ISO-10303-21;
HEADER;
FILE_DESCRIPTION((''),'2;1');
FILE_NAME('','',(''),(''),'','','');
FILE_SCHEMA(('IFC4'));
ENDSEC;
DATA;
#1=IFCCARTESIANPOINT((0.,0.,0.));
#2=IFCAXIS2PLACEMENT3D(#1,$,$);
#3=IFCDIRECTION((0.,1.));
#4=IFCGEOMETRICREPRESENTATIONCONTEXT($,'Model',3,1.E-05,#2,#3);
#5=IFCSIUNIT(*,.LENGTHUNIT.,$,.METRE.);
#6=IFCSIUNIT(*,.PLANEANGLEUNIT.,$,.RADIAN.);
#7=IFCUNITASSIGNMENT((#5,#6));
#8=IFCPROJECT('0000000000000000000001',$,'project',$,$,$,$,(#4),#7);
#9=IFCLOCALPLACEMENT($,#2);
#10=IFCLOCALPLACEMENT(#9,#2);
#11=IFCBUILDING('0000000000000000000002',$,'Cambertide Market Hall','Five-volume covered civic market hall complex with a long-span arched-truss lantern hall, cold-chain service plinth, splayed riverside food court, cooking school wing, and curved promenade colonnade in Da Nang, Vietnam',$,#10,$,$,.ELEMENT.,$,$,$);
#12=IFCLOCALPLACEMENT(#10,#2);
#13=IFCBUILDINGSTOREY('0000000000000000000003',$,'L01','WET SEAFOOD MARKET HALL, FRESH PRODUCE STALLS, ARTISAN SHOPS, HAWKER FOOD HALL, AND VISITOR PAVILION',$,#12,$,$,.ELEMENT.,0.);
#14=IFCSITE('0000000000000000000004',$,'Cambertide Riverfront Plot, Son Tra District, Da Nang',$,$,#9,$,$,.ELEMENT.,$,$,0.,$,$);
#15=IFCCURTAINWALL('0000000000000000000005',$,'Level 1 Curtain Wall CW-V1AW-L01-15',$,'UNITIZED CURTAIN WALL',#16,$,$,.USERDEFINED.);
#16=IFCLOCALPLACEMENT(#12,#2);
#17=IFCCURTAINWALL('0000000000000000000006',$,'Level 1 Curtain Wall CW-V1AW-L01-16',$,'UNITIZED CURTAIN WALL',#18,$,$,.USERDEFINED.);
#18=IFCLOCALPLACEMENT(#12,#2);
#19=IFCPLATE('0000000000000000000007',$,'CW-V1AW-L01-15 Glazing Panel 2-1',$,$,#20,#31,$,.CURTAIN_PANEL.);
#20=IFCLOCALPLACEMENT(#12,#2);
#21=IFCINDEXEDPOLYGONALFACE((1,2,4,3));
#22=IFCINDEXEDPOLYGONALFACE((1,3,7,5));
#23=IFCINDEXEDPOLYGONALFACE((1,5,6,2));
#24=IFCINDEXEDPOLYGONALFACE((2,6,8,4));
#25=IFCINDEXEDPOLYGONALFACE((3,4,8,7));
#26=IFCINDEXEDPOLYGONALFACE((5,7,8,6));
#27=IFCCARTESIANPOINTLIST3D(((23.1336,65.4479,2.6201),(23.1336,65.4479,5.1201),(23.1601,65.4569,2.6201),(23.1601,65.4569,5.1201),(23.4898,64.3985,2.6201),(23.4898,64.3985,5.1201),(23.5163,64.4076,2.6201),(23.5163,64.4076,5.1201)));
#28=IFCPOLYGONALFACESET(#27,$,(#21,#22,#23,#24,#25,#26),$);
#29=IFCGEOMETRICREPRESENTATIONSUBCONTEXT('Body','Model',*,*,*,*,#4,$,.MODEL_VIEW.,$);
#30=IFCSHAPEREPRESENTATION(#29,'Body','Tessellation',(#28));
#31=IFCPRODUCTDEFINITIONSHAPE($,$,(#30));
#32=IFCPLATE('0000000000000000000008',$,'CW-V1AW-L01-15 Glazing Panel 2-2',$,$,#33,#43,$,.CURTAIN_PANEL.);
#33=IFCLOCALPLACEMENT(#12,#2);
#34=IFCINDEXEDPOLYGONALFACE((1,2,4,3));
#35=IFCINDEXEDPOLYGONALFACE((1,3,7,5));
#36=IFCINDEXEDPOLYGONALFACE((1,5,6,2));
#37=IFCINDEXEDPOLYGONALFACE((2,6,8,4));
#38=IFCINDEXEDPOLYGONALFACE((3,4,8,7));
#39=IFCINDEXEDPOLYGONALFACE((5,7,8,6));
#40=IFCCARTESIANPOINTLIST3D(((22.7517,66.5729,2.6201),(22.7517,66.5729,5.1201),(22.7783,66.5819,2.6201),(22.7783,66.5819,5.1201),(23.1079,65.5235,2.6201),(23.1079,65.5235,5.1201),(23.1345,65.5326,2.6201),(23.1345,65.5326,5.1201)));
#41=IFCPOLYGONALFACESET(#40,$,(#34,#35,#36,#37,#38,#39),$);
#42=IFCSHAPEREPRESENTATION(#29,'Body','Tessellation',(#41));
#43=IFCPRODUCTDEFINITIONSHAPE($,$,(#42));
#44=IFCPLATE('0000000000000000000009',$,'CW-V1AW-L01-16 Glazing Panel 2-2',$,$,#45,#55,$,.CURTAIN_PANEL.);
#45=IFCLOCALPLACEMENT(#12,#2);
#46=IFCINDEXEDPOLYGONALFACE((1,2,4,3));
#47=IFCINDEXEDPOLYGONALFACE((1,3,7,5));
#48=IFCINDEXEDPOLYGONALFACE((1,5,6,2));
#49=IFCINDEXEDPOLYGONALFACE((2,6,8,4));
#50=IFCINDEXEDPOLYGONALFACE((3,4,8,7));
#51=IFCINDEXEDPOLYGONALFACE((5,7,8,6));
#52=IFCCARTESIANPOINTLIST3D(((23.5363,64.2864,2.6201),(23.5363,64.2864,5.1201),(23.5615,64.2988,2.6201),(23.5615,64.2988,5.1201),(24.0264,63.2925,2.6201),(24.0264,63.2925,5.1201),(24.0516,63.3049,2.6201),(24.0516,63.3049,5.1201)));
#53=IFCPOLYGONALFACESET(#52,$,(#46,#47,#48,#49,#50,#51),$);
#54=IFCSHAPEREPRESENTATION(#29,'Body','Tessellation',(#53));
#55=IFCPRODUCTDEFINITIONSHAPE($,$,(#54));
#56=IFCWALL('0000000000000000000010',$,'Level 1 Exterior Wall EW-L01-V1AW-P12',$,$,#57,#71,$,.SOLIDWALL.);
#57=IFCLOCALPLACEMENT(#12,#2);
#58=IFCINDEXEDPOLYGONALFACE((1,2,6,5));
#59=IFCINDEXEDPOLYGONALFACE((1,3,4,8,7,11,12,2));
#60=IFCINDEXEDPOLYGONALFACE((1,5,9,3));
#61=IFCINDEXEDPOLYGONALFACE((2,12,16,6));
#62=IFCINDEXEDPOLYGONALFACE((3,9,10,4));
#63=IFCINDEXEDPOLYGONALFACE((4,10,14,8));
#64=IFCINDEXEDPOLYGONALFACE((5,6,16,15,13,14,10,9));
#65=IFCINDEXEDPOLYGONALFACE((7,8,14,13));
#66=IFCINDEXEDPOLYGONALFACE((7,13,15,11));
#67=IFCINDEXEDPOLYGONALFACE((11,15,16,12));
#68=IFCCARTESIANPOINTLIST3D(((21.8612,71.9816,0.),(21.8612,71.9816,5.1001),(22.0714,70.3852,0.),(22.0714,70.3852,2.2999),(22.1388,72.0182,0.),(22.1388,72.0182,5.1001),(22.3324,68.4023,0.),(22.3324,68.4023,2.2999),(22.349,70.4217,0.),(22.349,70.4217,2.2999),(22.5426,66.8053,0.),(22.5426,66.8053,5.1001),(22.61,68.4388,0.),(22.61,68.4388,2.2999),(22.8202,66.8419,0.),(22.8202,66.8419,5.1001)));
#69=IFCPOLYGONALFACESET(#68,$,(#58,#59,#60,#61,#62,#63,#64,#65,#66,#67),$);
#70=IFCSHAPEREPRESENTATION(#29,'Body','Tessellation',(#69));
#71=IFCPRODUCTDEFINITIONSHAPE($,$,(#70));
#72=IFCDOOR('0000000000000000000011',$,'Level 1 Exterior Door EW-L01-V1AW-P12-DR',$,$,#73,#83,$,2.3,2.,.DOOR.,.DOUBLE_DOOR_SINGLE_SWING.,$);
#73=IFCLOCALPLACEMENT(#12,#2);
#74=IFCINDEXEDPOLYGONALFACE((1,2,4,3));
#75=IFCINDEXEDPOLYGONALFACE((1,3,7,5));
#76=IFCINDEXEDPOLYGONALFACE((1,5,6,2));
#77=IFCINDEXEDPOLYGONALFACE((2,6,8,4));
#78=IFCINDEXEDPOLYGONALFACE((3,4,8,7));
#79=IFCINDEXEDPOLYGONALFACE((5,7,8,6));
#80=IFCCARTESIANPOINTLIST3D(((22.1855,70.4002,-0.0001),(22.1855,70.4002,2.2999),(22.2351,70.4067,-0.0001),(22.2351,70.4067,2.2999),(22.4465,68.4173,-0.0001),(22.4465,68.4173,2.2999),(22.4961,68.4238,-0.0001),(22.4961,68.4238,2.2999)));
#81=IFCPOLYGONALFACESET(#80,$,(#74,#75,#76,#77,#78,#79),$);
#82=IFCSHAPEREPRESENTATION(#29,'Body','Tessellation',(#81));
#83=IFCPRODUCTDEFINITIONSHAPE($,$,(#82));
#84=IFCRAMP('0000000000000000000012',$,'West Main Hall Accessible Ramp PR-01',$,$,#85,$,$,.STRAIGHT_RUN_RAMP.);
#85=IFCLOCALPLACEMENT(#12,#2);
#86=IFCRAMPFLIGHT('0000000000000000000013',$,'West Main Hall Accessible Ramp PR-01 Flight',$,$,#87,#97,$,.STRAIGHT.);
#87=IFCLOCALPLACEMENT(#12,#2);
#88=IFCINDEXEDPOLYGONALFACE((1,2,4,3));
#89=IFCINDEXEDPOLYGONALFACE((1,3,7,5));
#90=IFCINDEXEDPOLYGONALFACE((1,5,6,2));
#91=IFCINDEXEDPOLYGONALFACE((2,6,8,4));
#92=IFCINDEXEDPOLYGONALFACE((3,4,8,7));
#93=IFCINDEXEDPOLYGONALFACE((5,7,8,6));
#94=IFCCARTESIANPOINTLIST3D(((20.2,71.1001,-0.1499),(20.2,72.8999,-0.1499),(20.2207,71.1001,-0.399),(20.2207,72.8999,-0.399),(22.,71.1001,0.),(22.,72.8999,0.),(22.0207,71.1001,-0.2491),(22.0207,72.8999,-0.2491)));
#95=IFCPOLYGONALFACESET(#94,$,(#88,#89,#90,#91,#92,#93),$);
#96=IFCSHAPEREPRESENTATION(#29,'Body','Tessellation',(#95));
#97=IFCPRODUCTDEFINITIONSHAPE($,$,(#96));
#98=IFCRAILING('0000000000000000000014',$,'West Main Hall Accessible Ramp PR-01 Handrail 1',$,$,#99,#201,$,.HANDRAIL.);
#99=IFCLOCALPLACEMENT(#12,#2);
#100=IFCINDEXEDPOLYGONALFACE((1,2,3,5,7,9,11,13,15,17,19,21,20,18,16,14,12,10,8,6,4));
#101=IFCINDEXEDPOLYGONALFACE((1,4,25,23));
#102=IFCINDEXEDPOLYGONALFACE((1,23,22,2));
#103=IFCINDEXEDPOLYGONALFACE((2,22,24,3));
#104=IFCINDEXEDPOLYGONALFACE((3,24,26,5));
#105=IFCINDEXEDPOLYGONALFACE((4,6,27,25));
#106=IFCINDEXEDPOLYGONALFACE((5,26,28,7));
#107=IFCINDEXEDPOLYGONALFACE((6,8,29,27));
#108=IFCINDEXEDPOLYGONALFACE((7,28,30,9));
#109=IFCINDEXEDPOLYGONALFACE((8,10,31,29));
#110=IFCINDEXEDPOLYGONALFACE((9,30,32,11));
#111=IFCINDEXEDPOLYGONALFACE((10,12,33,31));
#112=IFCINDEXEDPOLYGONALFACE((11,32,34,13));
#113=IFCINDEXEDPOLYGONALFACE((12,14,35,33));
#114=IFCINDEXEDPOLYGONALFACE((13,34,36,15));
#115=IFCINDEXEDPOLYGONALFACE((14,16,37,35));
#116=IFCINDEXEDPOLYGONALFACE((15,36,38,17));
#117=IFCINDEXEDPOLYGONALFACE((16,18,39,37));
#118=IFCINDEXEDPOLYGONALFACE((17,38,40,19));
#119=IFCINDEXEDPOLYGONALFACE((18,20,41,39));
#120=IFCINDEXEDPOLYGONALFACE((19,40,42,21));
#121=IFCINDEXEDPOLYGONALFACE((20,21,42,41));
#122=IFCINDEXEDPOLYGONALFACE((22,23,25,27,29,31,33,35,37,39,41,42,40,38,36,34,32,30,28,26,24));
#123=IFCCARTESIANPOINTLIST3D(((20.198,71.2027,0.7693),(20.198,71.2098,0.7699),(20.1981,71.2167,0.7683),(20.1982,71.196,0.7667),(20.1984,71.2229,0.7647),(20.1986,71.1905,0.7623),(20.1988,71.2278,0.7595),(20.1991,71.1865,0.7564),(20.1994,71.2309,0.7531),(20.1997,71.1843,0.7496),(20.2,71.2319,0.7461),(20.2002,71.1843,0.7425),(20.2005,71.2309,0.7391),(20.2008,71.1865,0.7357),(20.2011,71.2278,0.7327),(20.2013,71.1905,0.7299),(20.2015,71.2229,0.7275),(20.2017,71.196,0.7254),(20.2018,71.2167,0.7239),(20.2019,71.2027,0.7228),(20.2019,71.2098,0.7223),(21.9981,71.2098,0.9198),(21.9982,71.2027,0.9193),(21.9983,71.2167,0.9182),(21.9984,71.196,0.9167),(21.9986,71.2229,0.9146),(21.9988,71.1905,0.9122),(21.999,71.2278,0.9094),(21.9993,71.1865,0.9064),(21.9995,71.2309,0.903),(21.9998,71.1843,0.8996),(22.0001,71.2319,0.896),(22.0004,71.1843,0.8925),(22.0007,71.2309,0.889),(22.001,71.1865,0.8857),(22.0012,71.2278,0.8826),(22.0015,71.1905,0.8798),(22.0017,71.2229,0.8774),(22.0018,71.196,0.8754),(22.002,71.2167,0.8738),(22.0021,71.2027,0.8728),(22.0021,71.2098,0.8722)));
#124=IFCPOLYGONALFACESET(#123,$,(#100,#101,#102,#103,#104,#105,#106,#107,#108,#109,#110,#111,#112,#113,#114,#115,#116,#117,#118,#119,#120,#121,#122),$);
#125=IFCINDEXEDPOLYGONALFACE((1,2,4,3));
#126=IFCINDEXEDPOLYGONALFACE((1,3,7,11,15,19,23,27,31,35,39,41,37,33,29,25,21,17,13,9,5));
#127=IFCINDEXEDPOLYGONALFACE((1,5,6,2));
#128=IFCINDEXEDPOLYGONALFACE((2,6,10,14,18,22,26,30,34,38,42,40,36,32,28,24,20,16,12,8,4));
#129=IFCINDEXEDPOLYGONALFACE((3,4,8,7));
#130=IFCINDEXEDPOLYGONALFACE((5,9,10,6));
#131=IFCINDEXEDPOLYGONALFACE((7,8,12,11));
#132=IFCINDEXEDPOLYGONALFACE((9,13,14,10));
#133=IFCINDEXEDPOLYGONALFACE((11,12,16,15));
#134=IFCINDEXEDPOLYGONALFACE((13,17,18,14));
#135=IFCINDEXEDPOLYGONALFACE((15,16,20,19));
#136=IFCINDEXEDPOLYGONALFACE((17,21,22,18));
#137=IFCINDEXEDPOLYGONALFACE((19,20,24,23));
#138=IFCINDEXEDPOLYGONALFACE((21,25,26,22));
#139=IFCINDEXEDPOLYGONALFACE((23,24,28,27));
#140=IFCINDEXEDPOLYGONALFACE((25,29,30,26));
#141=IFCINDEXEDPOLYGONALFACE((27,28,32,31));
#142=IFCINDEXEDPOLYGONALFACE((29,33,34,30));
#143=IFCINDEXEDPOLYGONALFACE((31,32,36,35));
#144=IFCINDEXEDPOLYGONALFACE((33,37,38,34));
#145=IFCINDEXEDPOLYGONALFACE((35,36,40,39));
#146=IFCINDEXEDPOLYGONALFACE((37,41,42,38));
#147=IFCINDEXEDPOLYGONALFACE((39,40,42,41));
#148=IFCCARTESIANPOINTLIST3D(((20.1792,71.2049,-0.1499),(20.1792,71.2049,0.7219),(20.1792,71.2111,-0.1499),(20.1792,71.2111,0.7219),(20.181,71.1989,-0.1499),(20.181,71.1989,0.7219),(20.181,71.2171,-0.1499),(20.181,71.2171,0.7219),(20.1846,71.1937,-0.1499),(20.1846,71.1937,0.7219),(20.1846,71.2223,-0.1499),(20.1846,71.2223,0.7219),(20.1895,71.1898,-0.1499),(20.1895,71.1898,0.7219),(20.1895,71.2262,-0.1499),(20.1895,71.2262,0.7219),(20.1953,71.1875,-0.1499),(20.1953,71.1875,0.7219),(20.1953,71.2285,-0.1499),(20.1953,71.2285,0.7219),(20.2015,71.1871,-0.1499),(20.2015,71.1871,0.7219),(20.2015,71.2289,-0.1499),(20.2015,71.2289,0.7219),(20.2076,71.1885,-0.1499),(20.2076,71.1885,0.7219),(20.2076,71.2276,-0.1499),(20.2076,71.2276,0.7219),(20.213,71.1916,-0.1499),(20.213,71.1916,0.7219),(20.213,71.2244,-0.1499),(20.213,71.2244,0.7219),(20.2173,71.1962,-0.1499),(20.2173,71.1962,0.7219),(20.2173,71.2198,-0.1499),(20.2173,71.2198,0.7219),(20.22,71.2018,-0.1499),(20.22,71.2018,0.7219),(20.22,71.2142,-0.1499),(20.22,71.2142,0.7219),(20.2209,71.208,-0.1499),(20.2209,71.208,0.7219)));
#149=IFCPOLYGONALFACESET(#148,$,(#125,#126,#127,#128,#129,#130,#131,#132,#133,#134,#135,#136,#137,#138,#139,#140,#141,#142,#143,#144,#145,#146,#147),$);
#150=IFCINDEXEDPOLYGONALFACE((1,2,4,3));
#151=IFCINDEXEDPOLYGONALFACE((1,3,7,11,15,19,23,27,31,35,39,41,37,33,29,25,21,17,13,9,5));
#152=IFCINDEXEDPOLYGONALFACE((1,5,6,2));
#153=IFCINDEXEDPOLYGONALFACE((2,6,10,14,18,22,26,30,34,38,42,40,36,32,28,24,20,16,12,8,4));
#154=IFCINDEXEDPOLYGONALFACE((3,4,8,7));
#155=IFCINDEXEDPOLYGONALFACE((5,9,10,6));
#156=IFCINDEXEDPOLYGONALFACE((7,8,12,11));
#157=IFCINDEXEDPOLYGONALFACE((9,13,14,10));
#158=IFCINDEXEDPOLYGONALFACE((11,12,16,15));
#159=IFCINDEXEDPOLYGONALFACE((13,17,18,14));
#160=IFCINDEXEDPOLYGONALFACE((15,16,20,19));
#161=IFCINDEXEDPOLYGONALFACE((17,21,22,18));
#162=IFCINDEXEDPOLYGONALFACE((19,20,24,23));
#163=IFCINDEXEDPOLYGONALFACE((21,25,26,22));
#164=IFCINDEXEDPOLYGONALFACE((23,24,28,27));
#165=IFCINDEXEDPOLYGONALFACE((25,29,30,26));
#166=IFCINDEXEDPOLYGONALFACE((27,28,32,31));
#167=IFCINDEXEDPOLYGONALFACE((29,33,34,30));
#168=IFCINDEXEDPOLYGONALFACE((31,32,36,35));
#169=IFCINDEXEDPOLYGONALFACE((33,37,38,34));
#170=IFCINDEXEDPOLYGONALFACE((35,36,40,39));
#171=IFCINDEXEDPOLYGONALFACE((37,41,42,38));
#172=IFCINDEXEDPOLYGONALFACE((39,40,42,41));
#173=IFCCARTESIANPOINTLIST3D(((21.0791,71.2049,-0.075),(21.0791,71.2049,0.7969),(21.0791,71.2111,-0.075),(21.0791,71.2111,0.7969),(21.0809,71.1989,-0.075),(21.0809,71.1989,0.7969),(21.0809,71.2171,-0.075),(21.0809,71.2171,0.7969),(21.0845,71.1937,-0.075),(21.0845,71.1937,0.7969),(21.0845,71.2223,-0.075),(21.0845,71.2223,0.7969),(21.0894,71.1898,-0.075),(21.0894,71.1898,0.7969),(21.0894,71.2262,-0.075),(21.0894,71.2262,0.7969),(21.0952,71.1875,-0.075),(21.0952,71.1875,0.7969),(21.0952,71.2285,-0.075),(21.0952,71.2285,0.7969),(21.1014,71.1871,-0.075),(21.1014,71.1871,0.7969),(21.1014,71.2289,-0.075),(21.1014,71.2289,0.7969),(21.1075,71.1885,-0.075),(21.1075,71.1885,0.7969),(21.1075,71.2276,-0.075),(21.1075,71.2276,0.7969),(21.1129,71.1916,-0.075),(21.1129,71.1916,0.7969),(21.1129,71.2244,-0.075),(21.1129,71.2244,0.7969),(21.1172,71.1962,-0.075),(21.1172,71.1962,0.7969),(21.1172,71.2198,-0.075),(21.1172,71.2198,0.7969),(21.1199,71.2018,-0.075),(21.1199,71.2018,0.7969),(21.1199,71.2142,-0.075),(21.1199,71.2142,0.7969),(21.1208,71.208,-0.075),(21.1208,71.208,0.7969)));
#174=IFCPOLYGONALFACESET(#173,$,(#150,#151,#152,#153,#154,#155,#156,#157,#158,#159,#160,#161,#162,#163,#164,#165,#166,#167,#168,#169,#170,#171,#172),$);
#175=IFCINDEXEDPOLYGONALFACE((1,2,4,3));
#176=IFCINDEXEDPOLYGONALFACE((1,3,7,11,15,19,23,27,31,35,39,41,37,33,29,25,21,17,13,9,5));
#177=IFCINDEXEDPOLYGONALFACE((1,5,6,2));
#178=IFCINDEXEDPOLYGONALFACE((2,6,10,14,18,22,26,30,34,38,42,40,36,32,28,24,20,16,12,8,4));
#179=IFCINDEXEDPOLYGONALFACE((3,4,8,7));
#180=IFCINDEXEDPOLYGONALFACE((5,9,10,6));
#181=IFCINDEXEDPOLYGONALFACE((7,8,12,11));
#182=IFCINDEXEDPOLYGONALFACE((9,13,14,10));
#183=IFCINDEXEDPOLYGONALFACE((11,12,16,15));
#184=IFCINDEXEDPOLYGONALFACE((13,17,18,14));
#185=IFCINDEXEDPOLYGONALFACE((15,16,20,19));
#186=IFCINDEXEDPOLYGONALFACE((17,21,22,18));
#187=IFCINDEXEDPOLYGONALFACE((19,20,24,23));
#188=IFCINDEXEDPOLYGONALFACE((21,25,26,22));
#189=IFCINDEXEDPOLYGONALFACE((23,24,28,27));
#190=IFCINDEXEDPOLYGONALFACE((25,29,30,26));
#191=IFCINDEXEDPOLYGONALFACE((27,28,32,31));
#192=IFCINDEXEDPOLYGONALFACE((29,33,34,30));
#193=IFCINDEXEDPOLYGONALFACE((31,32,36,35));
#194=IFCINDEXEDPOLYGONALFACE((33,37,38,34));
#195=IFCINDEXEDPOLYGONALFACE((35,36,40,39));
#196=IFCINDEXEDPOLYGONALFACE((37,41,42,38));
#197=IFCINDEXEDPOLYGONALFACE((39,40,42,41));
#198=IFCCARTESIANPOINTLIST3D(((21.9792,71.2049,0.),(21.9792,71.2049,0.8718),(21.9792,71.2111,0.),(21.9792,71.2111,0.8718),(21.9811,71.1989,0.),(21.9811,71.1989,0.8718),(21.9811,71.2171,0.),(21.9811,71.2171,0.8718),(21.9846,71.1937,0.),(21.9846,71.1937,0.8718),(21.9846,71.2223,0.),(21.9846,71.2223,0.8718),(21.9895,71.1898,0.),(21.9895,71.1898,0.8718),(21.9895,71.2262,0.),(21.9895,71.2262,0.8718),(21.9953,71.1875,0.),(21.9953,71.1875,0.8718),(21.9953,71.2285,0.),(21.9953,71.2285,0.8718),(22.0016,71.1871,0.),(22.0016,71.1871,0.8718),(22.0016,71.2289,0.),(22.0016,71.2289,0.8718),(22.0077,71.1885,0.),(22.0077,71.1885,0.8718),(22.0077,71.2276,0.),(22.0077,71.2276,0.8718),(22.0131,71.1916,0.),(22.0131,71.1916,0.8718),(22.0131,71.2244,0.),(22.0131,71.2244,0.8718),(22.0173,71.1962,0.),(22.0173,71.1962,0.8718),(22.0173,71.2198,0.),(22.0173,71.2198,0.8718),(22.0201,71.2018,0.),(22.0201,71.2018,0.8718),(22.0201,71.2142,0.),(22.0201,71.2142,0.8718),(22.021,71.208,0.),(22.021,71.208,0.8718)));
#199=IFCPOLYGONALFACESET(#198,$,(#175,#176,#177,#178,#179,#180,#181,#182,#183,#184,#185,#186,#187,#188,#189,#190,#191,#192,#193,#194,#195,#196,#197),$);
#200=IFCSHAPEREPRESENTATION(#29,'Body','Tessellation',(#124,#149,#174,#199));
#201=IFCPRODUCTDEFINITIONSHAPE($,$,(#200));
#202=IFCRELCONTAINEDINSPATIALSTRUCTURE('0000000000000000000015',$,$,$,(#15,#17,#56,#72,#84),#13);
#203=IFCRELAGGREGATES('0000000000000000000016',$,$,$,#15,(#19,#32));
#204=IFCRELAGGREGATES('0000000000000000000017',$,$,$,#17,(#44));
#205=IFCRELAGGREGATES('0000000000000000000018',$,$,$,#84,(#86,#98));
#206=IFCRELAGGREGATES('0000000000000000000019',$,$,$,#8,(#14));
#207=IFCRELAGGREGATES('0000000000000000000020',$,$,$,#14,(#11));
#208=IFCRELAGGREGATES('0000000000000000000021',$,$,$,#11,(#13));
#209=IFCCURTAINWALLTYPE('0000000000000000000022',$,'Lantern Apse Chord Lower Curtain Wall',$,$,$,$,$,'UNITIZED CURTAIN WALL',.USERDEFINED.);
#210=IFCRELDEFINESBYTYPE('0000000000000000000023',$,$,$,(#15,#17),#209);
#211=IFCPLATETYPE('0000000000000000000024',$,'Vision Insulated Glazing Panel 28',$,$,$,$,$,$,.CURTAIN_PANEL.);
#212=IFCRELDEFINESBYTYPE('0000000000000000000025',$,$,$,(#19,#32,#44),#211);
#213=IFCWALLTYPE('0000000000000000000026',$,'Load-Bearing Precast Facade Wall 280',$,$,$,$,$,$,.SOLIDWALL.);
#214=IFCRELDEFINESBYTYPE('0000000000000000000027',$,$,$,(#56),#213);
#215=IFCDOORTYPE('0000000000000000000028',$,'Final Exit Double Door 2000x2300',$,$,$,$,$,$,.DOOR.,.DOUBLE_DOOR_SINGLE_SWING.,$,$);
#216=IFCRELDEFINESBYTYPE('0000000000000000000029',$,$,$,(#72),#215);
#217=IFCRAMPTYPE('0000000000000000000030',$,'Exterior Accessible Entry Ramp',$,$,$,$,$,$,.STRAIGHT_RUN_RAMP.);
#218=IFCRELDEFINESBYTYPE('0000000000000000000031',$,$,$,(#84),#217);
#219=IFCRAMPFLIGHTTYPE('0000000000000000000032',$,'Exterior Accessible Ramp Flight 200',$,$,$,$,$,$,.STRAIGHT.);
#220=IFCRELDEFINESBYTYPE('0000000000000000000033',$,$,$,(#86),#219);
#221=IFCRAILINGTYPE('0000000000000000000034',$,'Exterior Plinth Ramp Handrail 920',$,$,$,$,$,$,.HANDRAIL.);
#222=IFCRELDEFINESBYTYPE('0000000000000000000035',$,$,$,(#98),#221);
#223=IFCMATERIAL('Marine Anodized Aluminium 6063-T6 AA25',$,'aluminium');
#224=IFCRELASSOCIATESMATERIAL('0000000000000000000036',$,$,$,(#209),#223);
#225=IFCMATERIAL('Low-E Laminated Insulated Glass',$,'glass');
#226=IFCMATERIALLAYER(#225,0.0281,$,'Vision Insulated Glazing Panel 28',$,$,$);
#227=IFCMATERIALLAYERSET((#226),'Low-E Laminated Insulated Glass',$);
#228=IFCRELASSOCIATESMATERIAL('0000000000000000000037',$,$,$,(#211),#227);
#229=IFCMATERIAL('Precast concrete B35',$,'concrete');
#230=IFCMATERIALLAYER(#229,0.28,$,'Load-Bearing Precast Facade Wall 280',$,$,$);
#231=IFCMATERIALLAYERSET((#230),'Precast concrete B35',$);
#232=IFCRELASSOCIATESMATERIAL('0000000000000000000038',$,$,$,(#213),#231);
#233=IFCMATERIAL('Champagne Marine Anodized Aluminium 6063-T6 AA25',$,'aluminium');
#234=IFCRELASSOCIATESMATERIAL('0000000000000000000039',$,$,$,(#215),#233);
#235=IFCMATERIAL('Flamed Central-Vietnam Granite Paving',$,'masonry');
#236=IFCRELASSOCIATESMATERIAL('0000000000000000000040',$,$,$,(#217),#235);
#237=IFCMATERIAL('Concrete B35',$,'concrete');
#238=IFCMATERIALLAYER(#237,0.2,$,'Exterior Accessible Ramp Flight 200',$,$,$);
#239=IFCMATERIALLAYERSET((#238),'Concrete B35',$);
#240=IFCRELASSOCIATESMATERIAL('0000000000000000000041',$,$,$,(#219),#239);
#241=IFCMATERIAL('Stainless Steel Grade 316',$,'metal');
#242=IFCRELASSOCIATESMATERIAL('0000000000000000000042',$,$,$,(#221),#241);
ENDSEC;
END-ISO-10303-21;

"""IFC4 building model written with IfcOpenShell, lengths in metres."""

from ifc_helpers import new_model, si_unit, direction, frame, frame_2d, origin, origin_2d, place, context, subcontext, project, spatial, polyline, rectangle, circle, outline, extrude, material, layer, layer_set, type_object, element, fill, aggregate, save


model = new_model("IFC4")

# Units and contexts
model_context = context("Model", 3, precision=1e-05, world=origin(), true_north=direction((0.0, 1.0)))
body_context = subcontext(model_context, "Body", "Model", "MODEL_VIEW")
ifc_project = project(units=[si_unit("LENGTHUNIT", "METRE"), si_unit("PLANEANGLEUNIT", "RADIAN")], contexts=[model_context])

# Site, building, storey
site_placement = place(None, origin())
site = spatial("IfcSite", under=ifc_project, at=site_placement, Name="Cambertide Riverfront Plot, Son Tra District, Da Nang", CompositionType="ELEMENT", RefElevation=0.0)
building_placement = place(site_placement, origin())
building = spatial("IfcBuilding", under=site, at=building_placement, Name="Cambertide Market Hall", Description="Five-volume covered civic market hall complex with a long-span arched-truss lantern hall, cold-chain service plinth, splayed riverside food court, cooking school wing, and curved promenade colonnade in Da Nang, Vietnam", CompositionType="ELEMENT")
storey_placement = place(building_placement, origin())
storey = spatial("IfcBuildingStorey", under=building, at=storey_placement, Name="L01", Description="WET SEAFOOD MARKET HALL, FRESH PRODUCE STALLS, ARTISAN SHOPS, HAWKER FOOD HALL, AND VISITOR PAVILION", CompositionType="ELEMENT", Elevation=0.0)

# Curtain wall
ifc_material_1 = material(Name="Marine Anodized Aluminium 6063-T6 AA25", Category="aluminium")
curtain_wall_type = type_object("IfcCurtainWallType", Name="Lantern Apse Chord Lower Curtain Wall", ElementType="UNITIZED CURTAIN WALL", PredefinedType="USERDEFINED", material=ifc_material_1)
curtain_wall_1_placement = place(storey_placement, origin())
curtain_wall_1 = element("IfcCurtainWall", 1, at=curtain_wall_1_placement, inside=storey, type_object=curtain_wall_type, Name="Level 1 Curtain Wall CW-V1AW-L01-15", ObjectType="UNITIZED CURTAIN WALL", PredefinedType="USERDEFINED")

# Curtain wall
curtain_wall_2_placement = place(storey_placement, origin())
curtain_wall_2 = element("IfcCurtainWall", 2, at=curtain_wall_2_placement, inside=storey, type_object=curtain_wall_type, Name="Level 1 Curtain Wall CW-V1AW-L01-16", ObjectType="UNITIZED CURTAIN WALL", PredefinedType="USERDEFINED")

# Plates
ifc_material_2 = material(Name="Low-E Laminated Insulated Glass", Category="glass")
ifc_layer_1 = layer(ifc_material_2, 0.0281, Name="Vision Insulated Glazing Panel 28")
ifc_layer_set_1 = layer_set([ifc_layer_1], Name="Low-E Laminated Insulated Glass")
plate_type = type_object("IfcPlateType", Name="Vision Insulated Glazing Panel 28", PredefinedType="CURTAIN_PANEL", material=ifc_layer_set_1)
plate_1_placement = place(storey_placement, frame((23.325, 64.9277, 2.6201), z_axis=(0.0, 0.0, 1.0), x_axis=(-0.321439, 0.94693, 0.0)))
plate_1 = element("IfcPlate", 3, at=plate_1_placement, type_object=plate_type, Name="CW-V1AW-L01-15 Glazing Panel 2-1", PredefinedType="CURTAIN_PANEL", context=body_context, shape_type="SweptSolid", body=[
    extrude(rectangle(XDim=1.1082, YDim=0.0281, at=origin_2d()), origin(), (0.0, 0.0, 1.0), 2.5),
])
plate_2_placement = place(storey_placement, frame((22.9431, 66.0527, 2.6201), z_axis=(0.0, 0.0, 1.0), x_axis=(-0.321439, 0.94693, 0.0)))
plate_2 = element("IfcPlate", 4, at=plate_2_placement, type_object=plate_type, Name="CW-V1AW-L01-15 Glazing Panel 2-2", PredefinedType="CURTAIN_PANEL", context=body_context, shape_type="SweptSolid", body=[
    extrude(rectangle(XDim=1.1082, YDim=0.0281, at=origin_2d()), origin(), (0.0, 0.0, 1.0), 2.5),
])
aggregate(curtain_wall_1, [plate_1, plate_2])
plate_3_placement = place(storey_placement, frame((23.7939, 63.7957, 2.6201), z_axis=(0.0, 0.0, 1.0), x_axis=(-0.442289, 0.896873, 0.0)))
plate_3 = element("IfcPlate", 5, at=plate_3_placement, type_object=plate_type, Name="CW-V1AW-L01-16 Glazing Panel 2-2", PredefinedType="CURTAIN_PANEL", context=body_context, shape_type="SweptSolid", body=[
    extrude(rectangle(XDim=1.1082, YDim=0.0281, at=origin_2d()), origin(), (0.0, 0.0, 1.0), 2.5),
])
aggregate(curtain_wall_2, [plate_3])

# Wall, opening, door
ifc_material_3 = material(Name="Precast concrete B35", Category="concrete")
ifc_layer_2 = layer(ifc_material_3, 0.28, Name="Load-Bearing Precast Facade Wall 280")
ifc_layer_set_2 = layer_set([ifc_layer_2], Name="Precast concrete B35")
wall_type = type_object("IfcWallType", Name="Load-Bearing Precast Facade Wall 280", PredefinedType="SOLIDWALL", material=ifc_layer_set_2)
wall_placement = place(storey_placement, frame((22.6814, 66.8237, 0.0), z_axis=(0.0, 0.0, 1.0), x_axis=(-0.130513, 0.991447, 0.0)))
wall = element("IfcWall", 6, at=wall_placement, inside=storey, type_object=wall_type, Name="Level 1 Exterior Wall EW-L01-V1AW-P12", PredefinedType="SOLIDWALL", context=body_context, shape_type="SweptSolid", body=[
    extrude(rectangle(XDim=5.2209, YDim=0.28, at=frame_2d((2.6104, 0.0))), origin(), (0.0, 0.0, 1.0), 5.1001),
])
opening_placement = place(wall_placement, frame((1.6106, 0.0, 0.0)))
opening = element("IfcOpeningElement", 7, at=opening_placement, cuts=wall, PredefinedType="OPENING", context=body_context, shape_type="SweptSolid", body=[
    extrude(rectangle(XDim=2.0, YDim=2.3, at=frame_2d((1.0, 1.1499))), frame((0.0, 0.1499, 0.0), z_axis=(0.0, -1.0, 0.0), x_axis=(1.0, 0.0, 0.0)), (0.0, 0.0, 1.0), 0.3),
])
ifc_material_4 = material(Name="Champagne Marine Anodized Aluminium 6063-T6 AA25", Category="aluminium")
door_type = type_object("IfcDoorType", Name="Final Exit Double Door 2000x2300", OperationType="DOUBLE_DOOR_SINGLE_SWING", PredefinedType="DOOR", material=ifc_material_4)
door_placement = place(opening_placement, origin())
door = element("IfcDoor", 8, at=door_placement, inside=storey, type_object=door_type, Name="Level 1 Exterior Door EW-L01-V1AW-P12-DR", OperationType="DOUBLE_DOOR_SINGLE_SWING", OverallHeight=2.3, OverallWidth=2.0, PredefinedType="DOOR", context=body_context, shape_type="SweptSolid", body=[
    extrude(rectangle(XDim=2.0, YDim=2.3, at=frame_2d((1.0, 1.1499))), frame((0.0, 0.0249, 0.0), z_axis=(0.0, -1.0, 0.0), x_axis=(1.0, 0.0, 0.0)), (0.0, 0.0, 1.0), 0.05),
])
fill(opening, door)

# Ramp, ramp flight, railing
ifc_material_5 = material(Name="Flamed Central-Vietnam Granite Paving", Category="masonry")
ramp_type = type_object("IfcRampType", Name="Exterior Accessible Entry Ramp", PredefinedType="STRAIGHT_RUN_RAMP", material=ifc_material_5)
ramp_placement = place(storey_placement, origin())
ramp = element("IfcRamp", 9, at=ramp_placement, inside=storey, type_object=ramp_type, Name="West Main Hall Accessible Ramp PR-01", PredefinedType="STRAIGHT_RUN_RAMP")
ifc_material_6 = material(Name="Concrete B35", Category="concrete")
ifc_layer_3 = layer(ifc_material_6, 0.2, Name="Exterior Accessible Ramp Flight 200")
ifc_layer_set_3 = layer_set([ifc_layer_3], Name="Concrete B35")
ramp_flight_type = type_object("IfcRampFlightType", Name="Exterior Accessible Ramp Flight 200", PredefinedType="STRAIGHT", material=ifc_layer_set_3)
ramp_flight_placement = place(storey_placement, frame((20.2, 71.1001, -0.1499), z_axis=(-0.08299, 0.0, 0.99655), x_axis=(0.99655, 0.0, 0.08299)))
ramp_flight = element("IfcRampFlight", 10, at=ramp_flight_placement, type_object=ramp_flight_type, Name="West Main Hall Accessible Ramp PR-01 Flight", PredefinedType="STRAIGHT", context=body_context, shape_type="SweptSolid", body=[
    extrude(outline(polyline([(0.0, 0.0), (1.8063, 0.0), (1.8063, 1.7998), (0.0, 1.7998), (0.0, 0.0)])), origin(), (0.0, 0.0, -1.0), 0.25),
])
ifc_material_7 = material(Name="Stainless Steel Grade 316", Category="metal")
railing_type = type_object("IfcRailingType", Name="Exterior Plinth Ramp Handrail 920", PredefinedType="HANDRAIL", material=ifc_material_7)
railing_placement = place(storey_placement, frame((20.2, 71.208, -0.1499)))
railing = element("IfcRailing", 11, at=railing_placement, type_object=railing_type, Name="West Main Hall Accessible Ramp PR-01 Handrail 1", PredefinedType="HANDRAIL", context=body_context, shape_type="SweptSolid", body=[
    extrude(circle(Radius=0.0239, at=origin_2d()), frame((0.0, 0.0, 0.896), z_axis=(0.99655, 0.0, 0.08299), x_axis=(0.0, 1.0, 0.0)), (0.0, 0.0, 1.0), 1.8064),
    extrude(circle(Radius=0.021, at=origin_2d()), origin(), (0.0, 0.0, 1.0), 0.8718),
    extrude(circle(Radius=0.021, at=origin_2d()), frame((0.8999, 0.0, 0.075)), (0.0, 0.0, 1.0), 0.8718),
    extrude(circle(Radius=0.021, at=origin_2d()), frame((1.8, 0.0, 0.1499)), (0.0, 0.0, 1.0), 0.8718),
])
aggregate(ramp, [ramp_flight, railing])

save(model, "model.ifc")
